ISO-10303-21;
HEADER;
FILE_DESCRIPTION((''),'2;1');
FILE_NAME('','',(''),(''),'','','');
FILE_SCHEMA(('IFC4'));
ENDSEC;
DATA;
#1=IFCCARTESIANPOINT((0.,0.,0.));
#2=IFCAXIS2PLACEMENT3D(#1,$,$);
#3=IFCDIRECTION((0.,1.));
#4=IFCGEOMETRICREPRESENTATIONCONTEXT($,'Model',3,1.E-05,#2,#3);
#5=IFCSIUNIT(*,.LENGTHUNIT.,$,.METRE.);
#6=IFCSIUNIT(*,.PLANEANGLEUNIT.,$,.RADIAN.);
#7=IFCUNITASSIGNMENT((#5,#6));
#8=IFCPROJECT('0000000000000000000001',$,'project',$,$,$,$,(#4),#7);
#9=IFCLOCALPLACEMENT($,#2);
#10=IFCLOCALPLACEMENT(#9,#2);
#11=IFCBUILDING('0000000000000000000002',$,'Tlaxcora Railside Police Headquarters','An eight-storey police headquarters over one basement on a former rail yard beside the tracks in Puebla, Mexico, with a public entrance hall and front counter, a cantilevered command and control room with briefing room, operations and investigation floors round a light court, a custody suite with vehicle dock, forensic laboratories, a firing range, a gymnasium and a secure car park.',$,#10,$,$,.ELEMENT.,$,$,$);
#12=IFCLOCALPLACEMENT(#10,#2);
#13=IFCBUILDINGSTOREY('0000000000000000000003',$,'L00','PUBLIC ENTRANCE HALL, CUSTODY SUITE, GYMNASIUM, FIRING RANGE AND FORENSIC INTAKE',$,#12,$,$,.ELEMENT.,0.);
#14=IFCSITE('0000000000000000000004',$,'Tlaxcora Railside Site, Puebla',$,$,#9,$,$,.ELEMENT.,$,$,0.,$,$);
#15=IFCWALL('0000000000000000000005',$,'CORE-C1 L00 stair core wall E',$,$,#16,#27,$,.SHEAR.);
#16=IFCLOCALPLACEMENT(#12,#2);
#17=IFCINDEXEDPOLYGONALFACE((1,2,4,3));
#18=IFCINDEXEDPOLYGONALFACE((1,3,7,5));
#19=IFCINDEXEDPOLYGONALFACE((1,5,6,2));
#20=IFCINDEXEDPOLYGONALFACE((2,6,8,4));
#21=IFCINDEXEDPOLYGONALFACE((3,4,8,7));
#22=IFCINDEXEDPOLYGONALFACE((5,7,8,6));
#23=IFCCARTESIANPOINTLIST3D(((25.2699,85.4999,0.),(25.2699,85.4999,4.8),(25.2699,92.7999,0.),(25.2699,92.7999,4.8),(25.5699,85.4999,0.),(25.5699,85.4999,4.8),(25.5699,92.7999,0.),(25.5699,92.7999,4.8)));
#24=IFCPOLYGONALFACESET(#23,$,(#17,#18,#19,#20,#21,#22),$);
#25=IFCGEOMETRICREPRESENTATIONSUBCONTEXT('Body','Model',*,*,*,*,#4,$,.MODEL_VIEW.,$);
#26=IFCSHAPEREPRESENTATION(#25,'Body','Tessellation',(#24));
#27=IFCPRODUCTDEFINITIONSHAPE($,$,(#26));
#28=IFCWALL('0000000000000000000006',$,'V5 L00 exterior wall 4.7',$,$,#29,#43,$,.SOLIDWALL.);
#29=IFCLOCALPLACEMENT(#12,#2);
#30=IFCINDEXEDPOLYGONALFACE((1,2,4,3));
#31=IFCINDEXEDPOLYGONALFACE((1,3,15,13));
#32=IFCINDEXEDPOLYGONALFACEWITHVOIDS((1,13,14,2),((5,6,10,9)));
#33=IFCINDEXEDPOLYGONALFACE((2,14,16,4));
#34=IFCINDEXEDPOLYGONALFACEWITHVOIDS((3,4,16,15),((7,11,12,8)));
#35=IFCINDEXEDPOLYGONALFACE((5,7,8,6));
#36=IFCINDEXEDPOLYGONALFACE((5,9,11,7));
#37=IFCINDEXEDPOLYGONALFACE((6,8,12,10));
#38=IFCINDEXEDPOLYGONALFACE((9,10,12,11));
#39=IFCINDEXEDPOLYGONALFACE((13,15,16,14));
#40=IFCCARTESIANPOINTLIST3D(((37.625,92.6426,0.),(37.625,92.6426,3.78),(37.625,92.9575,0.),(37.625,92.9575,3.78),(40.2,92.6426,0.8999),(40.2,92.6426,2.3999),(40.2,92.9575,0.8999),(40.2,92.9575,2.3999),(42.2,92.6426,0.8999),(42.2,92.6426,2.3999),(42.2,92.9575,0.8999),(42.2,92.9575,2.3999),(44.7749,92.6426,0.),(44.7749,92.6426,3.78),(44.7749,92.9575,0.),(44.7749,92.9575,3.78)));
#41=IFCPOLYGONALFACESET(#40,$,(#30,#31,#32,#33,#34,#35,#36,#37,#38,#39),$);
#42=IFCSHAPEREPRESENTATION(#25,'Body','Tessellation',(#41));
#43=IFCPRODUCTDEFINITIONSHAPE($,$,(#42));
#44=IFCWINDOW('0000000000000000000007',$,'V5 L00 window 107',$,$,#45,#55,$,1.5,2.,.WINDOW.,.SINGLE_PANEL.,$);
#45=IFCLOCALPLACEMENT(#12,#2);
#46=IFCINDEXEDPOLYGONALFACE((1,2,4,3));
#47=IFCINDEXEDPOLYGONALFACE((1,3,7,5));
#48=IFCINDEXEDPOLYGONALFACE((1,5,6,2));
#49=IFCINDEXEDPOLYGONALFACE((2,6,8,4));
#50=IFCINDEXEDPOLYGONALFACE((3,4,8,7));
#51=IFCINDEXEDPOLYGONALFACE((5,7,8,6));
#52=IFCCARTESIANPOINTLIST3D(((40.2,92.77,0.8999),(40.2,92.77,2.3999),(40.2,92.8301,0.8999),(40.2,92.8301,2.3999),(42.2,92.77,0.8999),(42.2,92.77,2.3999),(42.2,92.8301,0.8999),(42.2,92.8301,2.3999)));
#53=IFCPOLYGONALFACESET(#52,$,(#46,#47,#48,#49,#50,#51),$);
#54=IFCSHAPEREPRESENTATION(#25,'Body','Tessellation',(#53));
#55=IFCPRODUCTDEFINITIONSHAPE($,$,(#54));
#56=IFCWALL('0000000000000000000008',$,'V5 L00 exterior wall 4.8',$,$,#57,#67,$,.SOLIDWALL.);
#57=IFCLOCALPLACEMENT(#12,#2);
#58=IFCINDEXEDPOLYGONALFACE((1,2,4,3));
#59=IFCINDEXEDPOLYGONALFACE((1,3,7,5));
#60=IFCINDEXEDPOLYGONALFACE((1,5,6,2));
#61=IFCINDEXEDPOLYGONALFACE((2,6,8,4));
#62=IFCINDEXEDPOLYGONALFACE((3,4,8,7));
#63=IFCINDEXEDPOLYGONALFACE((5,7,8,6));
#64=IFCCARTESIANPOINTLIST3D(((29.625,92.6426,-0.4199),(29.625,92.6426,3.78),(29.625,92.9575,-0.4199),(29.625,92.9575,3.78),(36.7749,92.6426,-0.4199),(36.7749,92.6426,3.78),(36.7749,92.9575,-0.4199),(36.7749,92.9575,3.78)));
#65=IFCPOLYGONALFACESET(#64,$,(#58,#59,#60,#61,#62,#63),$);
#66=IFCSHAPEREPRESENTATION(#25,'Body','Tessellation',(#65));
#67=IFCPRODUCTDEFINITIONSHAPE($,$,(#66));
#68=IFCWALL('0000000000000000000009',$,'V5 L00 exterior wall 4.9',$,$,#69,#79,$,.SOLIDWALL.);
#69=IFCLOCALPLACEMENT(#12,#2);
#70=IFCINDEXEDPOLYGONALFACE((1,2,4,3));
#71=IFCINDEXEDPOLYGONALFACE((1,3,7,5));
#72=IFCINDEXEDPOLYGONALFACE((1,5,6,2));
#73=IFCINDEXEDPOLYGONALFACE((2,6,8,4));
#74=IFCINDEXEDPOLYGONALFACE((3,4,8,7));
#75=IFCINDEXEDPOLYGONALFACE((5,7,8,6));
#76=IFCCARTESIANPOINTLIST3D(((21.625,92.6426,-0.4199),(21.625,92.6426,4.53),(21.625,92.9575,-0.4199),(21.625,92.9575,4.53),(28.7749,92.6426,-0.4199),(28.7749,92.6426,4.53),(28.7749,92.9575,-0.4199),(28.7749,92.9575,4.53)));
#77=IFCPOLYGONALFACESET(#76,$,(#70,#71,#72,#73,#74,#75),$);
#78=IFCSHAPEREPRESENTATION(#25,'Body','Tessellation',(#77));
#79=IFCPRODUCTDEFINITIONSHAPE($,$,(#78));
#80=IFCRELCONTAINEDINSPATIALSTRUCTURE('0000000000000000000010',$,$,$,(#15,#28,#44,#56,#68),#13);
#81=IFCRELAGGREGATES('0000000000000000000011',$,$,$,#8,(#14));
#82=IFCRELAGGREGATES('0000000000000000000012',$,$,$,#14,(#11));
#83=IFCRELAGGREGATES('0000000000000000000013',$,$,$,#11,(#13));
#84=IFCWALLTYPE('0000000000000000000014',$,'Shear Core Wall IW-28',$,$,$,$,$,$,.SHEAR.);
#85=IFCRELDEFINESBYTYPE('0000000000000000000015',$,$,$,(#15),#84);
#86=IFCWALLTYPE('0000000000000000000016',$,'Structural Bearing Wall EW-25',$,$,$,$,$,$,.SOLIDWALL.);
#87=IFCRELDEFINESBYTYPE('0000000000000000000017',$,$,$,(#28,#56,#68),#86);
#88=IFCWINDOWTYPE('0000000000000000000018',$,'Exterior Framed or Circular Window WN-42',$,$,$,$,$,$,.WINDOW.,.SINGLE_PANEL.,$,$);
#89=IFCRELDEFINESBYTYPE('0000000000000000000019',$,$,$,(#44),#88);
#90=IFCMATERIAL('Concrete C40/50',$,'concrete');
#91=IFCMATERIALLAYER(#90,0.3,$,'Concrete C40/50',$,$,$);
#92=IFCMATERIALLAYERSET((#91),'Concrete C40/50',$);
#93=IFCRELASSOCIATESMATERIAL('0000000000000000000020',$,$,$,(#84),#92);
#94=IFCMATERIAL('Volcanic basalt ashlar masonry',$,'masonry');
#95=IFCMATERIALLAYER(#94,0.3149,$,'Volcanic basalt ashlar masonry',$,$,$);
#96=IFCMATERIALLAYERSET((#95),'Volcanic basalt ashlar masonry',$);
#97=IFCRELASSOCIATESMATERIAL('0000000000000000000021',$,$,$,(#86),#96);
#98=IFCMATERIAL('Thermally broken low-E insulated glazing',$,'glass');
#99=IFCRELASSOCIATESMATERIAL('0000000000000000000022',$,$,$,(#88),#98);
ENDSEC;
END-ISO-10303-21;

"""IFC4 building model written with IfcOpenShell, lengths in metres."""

from ifc_helpers import new_model, si_unit, direction, frame, frame_2d, origin, place, context, subcontext, project, spatial, rectangle, extrude, material, layer, layer_set, type_object, element, fill, save


model = new_model("IFC4")

# Units and contexts
model_context = context("Model", 3, precision=1e-05, world=origin(), true_north=direction((0.0, 1.0)))
body_context = subcontext(model_context, "Body", "Model", "MODEL_VIEW")
ifc_project = project(units=[si_unit("LENGTHUNIT", "METRE"), si_unit("PLANEANGLEUNIT", "RADIAN")], contexts=[model_context])

# Site, building, storey
site_placement = place(None, origin())
site = spatial("IfcSite", under=ifc_project, at=site_placement, Name="Tlaxcora Railside Site, Puebla", CompositionType="ELEMENT", RefElevation=0.0)
building_placement = place(site_placement, origin())
building = spatial("IfcBuilding", under=site, at=building_placement, Name="Tlaxcora Railside Police Headquarters", Description="An eight-storey police headquarters over one basement on a former rail yard beside the tracks in Puebla, Mexico, with a public entrance hall and front counter, a cantilevered command and control room with briefing room, operations and investigation floors round a light court, a custody suite with vehicle dock, forensic laboratories, a firing range, a gymnasium and a secure car park.", CompositionType="ELEMENT")
storey_placement = place(building_placement, origin())
storey = spatial("IfcBuildingStorey", under=building, at=storey_placement, Name="L00", Description="PUBLIC ENTRANCE HALL, CUSTODY SUITE, GYMNASIUM, FIRING RANGE AND FORENSIC INTAKE", CompositionType="ELEMENT", Elevation=0.0)

# Shared definitions
ifc_material_1 = material(Name="Concrete C40/50", Category="concrete")

# Wall
ifc_layer_1 = layer(ifc_material_1, 0.3, Name="Concrete C40/50")
ifc_layer_set_1 = layer_set([ifc_layer_1], Name="Concrete C40/50")
wall_type_1 = type_object("IfcWallType", Name="Shear Core Wall IW-28", PredefinedType="SHEAR", material=ifc_layer_set_1)
wall_1_placement = place(storey_placement, frame((25.4199, 85.5, 0.0), z_axis=(0.0, 0.0, 1.0), x_axis=(0.0, 1.0, 0.0)))
element("IfcWall", 1, at=wall_1_placement, inside=storey, type_object=wall_type_1, Name="CORE-C1 L00 stair core wall E", PredefinedType="SHEAR", context=body_context, shape_type="SweptSolid", body=[
    extrude(rectangle(XDim=7.3, YDim=0.3, at=frame_2d((3.6499, 0.0))), origin(), (0.0, 0.0, 1.0), 4.8),
])

# Wall, opening, window
ifc_material_2 = material(Name="Volcanic basalt ashlar masonry", Category="masonry")
ifc_layer_2 = layer(ifc_material_2, 0.3149, Name="Volcanic basalt ashlar masonry")
ifc_layer_set_2 = layer_set([ifc_layer_2], Name="Volcanic basalt ashlar masonry")
wall_type_2 = type_object("IfcWallType", Name="Structural Bearing Wall EW-25", PredefinedType="SOLIDWALL", material=ifc_layer_set_2)
wall_2_placement = place(storey_placement, frame((44.7749, 92.8, 0.0), z_axis=(0.0, 0.0, 1.0), x_axis=(-1.0, 0.0, 0.0)))
wall_2 = element("IfcWall", 2, at=wall_2_placement, inside=storey, type_object=wall_type_2, Name="V5 L00 exterior wall 4.7", PredefinedType="SOLIDWALL", context=body_context, shape_type="SweptSolid", body=[
    extrude(rectangle(XDim=7.1499, YDim=0.3149, at=frame_2d((3.575, 0.0))), origin(), (0.0, 0.0, 1.0), 3.78),
])
opening_1_placement = place(wall_2_placement, frame((2.575, 0.0, 0.8999)))
opening_1 = element("IfcOpeningElement", 3, at=opening_1_placement, cuts=wall_2, PredefinedType="OPENING", context=body_context, shape_type="SweptSolid", body=[
    extrude(rectangle(XDim=2.0, YDim=1.5, at=frame_2d((1.0, 0.75))), frame((0.0, 0.1675, 0.0), z_axis=(0.0, -1.0, 0.0), x_axis=(1.0, 0.0, 0.0)), (0.0, 0.0, 1.0), 0.335),
])
ifc_material_3 = material(Name="Thermally broken low-E insulated glazing", Category="glass")
window_type = type_object("IfcWindowType", Name="Exterior Framed or Circular Window WN-42", PartitioningType="SINGLE_PANEL", PredefinedType="WINDOW", material=ifc_material_3)
window_placement = place(opening_1_placement, origin())
window = element("IfcWindow", 4, at=window_placement, inside=storey, type_object=window_type, Name="V5 L00 window 107", OverallHeight=1.5, OverallWidth=2.0, PartitioningType="SINGLE_PANEL", PredefinedType="WINDOW", context=body_context, shape_type="SweptSolid", body=[
    extrude(rectangle(XDim=2.0, YDim=1.5, at=frame_2d((1.0, 0.75))), frame((0.0, 0.03, 0.0), z_axis=(0.0, -1.0, 0.0), x_axis=(1.0, 0.0, 0.0)), (0.0, 0.0, 1.0), 0.0601),
])
fill(opening_1, window)

# Walls
wall_3_placement = place(storey_placement, frame((36.7749, 92.8, -0.4199), z_axis=(0.0, 0.0, 1.0), x_axis=(-1.0, 0.0, 0.0)))
element("IfcWall", 5, at=wall_3_placement, inside=storey, type_object=wall_type_2, Name="V5 L00 exterior wall 4.8", PredefinedType="SOLIDWALL", context=body_context, shape_type="SweptSolid", body=[
    extrude(rectangle(XDim=7.1499, YDim=0.3149, at=frame_2d((3.575, 0.0))), origin(), (0.0, 0.0, 1.0), 4.2),
])
wall_4_placement = place(storey_placement, frame((28.7749, 92.8, -0.4199), z_axis=(0.0, 0.0, 1.0), x_axis=(-1.0, 0.0, 0.0)))
element("IfcWall", 6, at=wall_4_placement, inside=storey, type_object=wall_type_2, Name="V5 L00 exterior wall 4.9", PredefinedType="SOLIDWALL", context=body_context, shape_type="SweptSolid", body=[
    extrude(rectangle(XDim=7.1499, YDim=0.3149, at=frame_2d((3.575, 0.0))), origin(), (0.0, 0.0, 1.0), 4.95),
])

save(model, "model.ifc")
